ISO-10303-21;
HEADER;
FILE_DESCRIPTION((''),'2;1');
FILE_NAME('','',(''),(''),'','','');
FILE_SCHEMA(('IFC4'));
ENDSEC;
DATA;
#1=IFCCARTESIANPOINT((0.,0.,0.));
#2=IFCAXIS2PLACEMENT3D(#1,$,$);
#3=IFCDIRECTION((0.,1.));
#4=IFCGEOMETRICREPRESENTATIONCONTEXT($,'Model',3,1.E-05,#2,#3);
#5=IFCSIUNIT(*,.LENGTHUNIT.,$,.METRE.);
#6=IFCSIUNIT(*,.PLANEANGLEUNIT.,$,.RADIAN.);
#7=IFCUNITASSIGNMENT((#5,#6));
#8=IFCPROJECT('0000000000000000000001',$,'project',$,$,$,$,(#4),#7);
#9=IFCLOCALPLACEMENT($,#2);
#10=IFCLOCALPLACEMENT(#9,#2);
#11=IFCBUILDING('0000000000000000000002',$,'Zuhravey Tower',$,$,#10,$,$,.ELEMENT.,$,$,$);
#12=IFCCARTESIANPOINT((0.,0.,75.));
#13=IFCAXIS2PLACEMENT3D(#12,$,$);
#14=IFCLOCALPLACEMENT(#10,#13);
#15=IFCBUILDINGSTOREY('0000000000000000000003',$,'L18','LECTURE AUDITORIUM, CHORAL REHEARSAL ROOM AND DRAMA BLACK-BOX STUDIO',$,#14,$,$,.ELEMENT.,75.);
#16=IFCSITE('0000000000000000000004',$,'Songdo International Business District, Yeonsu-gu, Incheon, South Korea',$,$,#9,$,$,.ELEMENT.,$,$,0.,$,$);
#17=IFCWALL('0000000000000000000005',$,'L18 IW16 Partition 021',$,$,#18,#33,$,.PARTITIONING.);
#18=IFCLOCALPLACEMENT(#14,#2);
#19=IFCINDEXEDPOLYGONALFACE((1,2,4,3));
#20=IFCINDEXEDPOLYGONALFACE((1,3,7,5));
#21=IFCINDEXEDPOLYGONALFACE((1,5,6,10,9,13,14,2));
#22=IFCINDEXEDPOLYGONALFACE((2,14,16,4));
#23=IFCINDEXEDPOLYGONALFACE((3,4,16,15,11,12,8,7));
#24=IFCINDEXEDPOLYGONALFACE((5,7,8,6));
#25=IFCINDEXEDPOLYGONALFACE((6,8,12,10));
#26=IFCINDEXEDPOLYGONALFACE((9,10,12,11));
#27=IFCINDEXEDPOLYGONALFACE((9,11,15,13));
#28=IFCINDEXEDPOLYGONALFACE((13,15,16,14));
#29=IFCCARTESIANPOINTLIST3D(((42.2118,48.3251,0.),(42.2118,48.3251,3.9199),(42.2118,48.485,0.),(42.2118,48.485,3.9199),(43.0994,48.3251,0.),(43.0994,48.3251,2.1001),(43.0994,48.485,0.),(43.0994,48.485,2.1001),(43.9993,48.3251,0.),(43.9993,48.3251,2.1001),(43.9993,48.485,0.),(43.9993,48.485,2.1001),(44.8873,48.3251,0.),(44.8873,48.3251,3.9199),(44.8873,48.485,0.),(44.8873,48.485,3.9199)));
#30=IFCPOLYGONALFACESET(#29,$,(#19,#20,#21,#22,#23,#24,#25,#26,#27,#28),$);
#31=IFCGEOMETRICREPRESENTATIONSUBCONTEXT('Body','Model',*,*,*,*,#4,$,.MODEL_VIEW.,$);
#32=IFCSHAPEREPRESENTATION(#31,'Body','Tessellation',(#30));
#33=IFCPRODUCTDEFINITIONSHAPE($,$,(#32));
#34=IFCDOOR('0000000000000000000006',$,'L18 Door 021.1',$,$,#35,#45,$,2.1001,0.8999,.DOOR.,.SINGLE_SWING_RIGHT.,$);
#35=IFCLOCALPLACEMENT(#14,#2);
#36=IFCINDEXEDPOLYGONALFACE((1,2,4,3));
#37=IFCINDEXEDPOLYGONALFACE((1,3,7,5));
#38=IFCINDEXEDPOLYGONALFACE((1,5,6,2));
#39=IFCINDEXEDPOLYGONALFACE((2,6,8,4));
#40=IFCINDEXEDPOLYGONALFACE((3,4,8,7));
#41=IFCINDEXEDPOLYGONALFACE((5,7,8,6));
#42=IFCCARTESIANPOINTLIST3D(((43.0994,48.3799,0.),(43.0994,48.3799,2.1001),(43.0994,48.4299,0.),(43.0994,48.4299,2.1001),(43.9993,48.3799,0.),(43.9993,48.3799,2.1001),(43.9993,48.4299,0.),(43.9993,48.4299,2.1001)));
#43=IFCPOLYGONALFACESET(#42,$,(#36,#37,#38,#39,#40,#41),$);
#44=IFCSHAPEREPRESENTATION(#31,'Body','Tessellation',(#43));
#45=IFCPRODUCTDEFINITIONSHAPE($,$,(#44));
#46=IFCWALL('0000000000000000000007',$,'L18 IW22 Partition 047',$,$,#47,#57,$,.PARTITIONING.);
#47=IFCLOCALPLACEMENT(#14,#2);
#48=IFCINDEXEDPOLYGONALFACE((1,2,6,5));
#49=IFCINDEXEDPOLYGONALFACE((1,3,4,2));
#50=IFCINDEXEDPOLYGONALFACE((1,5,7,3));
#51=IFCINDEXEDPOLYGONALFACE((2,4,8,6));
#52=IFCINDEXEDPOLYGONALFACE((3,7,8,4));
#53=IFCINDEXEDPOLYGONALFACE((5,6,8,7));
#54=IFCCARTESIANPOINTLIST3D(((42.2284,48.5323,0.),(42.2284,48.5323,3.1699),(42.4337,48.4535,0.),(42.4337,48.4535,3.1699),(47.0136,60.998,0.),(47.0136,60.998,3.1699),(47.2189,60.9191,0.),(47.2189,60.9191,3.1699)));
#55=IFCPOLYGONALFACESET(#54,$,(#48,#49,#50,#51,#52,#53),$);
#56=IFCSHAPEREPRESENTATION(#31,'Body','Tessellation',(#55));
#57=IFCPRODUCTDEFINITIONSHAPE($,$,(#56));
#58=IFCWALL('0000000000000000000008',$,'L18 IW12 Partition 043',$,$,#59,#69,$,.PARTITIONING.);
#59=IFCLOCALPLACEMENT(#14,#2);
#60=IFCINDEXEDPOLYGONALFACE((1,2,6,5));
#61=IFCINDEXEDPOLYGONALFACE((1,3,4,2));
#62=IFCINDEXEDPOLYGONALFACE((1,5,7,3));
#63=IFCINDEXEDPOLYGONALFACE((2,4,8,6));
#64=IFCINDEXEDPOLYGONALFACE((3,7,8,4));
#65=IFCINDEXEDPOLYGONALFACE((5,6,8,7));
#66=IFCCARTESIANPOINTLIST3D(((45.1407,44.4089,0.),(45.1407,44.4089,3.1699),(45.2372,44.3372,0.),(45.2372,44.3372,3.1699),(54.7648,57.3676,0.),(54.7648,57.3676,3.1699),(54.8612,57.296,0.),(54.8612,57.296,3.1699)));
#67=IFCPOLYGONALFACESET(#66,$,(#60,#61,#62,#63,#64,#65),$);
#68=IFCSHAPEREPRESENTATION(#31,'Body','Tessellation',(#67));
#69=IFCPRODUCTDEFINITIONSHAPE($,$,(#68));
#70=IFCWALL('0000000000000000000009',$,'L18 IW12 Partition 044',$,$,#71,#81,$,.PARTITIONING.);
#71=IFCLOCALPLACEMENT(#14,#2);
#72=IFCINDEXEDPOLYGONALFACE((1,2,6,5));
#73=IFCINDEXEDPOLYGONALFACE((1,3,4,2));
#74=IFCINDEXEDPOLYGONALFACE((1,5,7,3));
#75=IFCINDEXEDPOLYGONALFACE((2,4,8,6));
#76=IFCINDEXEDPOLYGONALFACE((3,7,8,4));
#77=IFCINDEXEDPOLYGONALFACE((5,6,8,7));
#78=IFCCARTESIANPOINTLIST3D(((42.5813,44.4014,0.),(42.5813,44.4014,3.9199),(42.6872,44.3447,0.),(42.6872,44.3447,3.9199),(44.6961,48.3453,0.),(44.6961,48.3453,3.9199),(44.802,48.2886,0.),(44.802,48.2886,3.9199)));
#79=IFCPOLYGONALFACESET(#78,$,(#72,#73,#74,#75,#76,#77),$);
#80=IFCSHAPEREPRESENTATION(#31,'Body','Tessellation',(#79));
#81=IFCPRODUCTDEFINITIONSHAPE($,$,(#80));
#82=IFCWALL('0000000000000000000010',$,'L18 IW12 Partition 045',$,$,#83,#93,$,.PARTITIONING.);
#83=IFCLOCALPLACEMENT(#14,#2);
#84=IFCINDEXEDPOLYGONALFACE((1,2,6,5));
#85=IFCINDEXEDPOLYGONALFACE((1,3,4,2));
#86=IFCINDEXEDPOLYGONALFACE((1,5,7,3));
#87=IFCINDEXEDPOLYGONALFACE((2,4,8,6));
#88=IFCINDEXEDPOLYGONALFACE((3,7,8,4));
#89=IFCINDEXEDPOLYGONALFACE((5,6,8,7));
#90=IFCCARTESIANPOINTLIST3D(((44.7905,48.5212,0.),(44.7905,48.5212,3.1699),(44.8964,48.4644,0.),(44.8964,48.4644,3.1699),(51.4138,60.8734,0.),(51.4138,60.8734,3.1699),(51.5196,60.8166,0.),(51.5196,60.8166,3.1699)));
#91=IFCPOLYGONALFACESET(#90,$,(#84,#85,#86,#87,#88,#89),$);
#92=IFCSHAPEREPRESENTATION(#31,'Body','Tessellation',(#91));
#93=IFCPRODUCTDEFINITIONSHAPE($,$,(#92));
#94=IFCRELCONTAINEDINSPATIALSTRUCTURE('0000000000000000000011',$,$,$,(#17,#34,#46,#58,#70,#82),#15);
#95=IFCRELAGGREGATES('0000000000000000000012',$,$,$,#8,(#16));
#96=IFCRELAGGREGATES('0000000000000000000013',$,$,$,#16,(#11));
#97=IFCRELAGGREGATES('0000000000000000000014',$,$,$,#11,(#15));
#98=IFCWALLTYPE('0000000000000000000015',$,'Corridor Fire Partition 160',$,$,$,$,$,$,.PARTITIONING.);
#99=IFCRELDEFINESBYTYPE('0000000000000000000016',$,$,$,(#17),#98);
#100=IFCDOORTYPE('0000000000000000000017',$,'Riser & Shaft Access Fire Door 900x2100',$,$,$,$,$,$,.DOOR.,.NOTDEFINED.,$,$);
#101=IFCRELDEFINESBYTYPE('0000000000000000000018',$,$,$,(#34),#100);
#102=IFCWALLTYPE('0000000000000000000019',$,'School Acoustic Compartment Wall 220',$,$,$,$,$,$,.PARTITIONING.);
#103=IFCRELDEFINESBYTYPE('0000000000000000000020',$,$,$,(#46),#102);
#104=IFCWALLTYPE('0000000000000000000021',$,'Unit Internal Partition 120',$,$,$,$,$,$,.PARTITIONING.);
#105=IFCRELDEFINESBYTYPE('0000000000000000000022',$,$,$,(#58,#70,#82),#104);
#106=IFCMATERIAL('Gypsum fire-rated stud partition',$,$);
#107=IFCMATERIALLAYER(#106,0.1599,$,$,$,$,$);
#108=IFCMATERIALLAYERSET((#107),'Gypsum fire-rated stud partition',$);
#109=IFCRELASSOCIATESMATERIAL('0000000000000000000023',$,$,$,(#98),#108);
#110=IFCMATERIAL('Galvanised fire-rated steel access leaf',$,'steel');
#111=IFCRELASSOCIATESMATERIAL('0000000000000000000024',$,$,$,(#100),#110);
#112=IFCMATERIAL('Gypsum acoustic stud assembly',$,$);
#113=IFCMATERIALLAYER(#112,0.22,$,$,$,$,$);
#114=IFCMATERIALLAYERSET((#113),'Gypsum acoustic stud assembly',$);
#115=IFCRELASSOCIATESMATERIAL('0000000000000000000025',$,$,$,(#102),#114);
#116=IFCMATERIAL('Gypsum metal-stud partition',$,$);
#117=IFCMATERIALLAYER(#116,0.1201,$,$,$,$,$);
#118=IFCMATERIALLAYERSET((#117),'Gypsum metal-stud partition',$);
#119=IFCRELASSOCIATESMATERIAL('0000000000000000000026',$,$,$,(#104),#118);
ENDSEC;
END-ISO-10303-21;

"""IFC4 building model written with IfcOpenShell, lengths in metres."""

from ifc_helpers import new_model, si_unit, direction, frame, frame_2d, origin, place, context, subcontext, project, spatial, rectangle, extrude, material, layer, layer_set, type_object, element, fill, save


model = new_model("IFC4")

# Units and contexts
model_context = context("Model", 3, precision=1e-05, world=origin(), true_north=direction((0.0, 1.0)))
body_context = subcontext(model_context, "Body", "Model", "MODEL_VIEW")
ifc_project = project(units=[si_unit("LENGTHUNIT", "METRE"), si_unit("PLANEANGLEUNIT", "RADIAN")], contexts=[model_context])

# Site, building, storey
site_placement = place(None, origin())
site = spatial("IfcSite", under=ifc_project, at=site_placement, Name="Songdo International Business District, Yeonsu-gu, Incheon, South Korea", CompositionType="ELEMENT", RefElevation=0.0)
building_placement = place(site_placement, origin())
building = spatial("IfcBuilding", under=site, at=building_placement, Name="Zuhravey Tower", CompositionType="ELEMENT")
storey_placement = place(building_placement, frame((0.0, 0.0, 75.0)))
storey = spatial("IfcBuildingStorey", under=building, at=storey_placement, Name="L18", Description="LECTURE AUDITORIUM, CHORAL REHEARSAL ROOM AND DRAMA BLACK-BOX STUDIO", CompositionType="ELEMENT", Elevation=75.0)

# Wall, opening, door
ifc_material_1 = material(Name="Gypsum fire-rated stud partition")
ifc_layer_1 = layer(ifc_material_1, 0.1599)
ifc_layer_set_1 = layer_set([ifc_layer_1], Name="Gypsum fire-rated stud partition")
wall_type_1 = type_object("IfcWallType", Name="Corridor Fire Partition 160", PredefinedType="PARTITIONING", material=ifc_layer_set_1)
wall_1_placement = place(storey_placement, frame((42.2117, 48.405, 0.0), z_axis=(0.0, 0.0, 1.0), x_axis=(1.0, 0.0, 0.0)))
wall_1 = element("IfcWall", 1, at=wall_1_placement, inside=storey, type_object=wall_type_1, Name="L18 IW16 Partition 021", PredefinedType="PARTITIONING", context=body_context, shape_type="SweptSolid", body=[
    extrude(rectangle(XDim=2.6755, YDim=0.1599, at=frame_2d((1.3379, 0.0))), origin(), (0.0, 0.0, 1.0), 3.9199),
])
opening_placement = place(wall_1_placement, frame((0.8877, 0.0, 0.0)))
opening = element("IfcOpeningElement", 2, at=opening_placement, cuts=wall_1, PredefinedType="OPENING", context=body_context, shape_type="SweptSolid", body=[
    extrude(rectangle(XDim=0.8999, YDim=2.1001, at=frame_2d((0.45, 1.05))), frame((0.0, 0.092, 0.0), z_axis=(0.0, -1.0, 0.0), x_axis=(1.0, 0.0, 0.0)), (0.0, 0.0, 1.0), 0.1838),
])
ifc_material_2 = material(Name="Galvanised fire-rated steel access leaf", Category="steel")
door_type = type_object("IfcDoorType", Name="Riser & Shaft Access Fire Door 900x2100", OperationType="NOTDEFINED", PredefinedType="DOOR", material=ifc_material_2)
door_placement = place(opening_placement, origin())
door = element("IfcDoor", 3, at=door_placement, inside=storey, type_object=door_type, Name="L18 Door 021.1", OperationType="SINGLE_SWING_RIGHT", OverallHeight=2.1001, OverallWidth=0.8999, PredefinedType="DOOR", context=body_context, shape_type="SweptSolid", body=[
    extrude(rectangle(XDim=0.8999, YDim=2.1001, at=frame_2d((0.45, 1.05))), frame((0.0, 0.0249, 0.0), z_axis=(0.0, -1.0, 0.0), x_axis=(1.0, 0.0, 0.0)), (0.0, 0.0, 1.0), 0.05),
])
fill(opening, door)

# Walls
ifc_material_3 = material(Name="Gypsum acoustic stud assembly")
ifc_layer_2 = layer(ifc_material_3, 0.22)
ifc_layer_set_2 = layer_set([ifc_layer_2], Name="Gypsum acoustic stud assembly")
wall_type_2 = type_object("IfcWallType", Name="School Acoustic Compartment Wall 220", PredefinedType="PARTITIONING", material=ifc_layer_set_2)
wall_2_placement = place(storey_placement, frame((42.3311, 48.4929, 0.0), z_axis=(0.0, 0.0, 1.0), x_axis=(0.358373, 0.933579, 0.0)))
element("IfcWall", 4, at=wall_2_placement, inside=storey, type_object=wall_type_2, Name="L18 IW22 Partition 047", PredefinedType="PARTITIONING", context=body_context, shape_type="SweptSolid", body=[
    extrude(rectangle(XDim=13.3525, YDim=0.22, at=frame_2d((6.6763, 0.0))), origin(), (0.0, 0.0, 1.0), 3.1699),
])
ifc_material_4 = material(Name="Gypsum metal-stud partition")
ifc_layer_3 = layer(ifc_material_4, 0.1201)
ifc_layer_set_3 = layer_set([ifc_layer_3], Name="Gypsum metal-stud partition")
wall_type_3 = type_object("IfcWallType", Name="Unit Internal Partition 120", PredefinedType="PARTITIONING", material=ifc_layer_set_3)
wall_3_placement = place(storey_placement, frame((45.189, 44.373, 0.0), z_axis=(0.0, 0.0, 1.0), x_axis=(0.596225, 0.802817, 0.0)))
element("IfcWall", 5, at=wall_3_placement, inside=storey, type_object=wall_type_3, Name="L18 IW12 Partition 043", PredefinedType="PARTITIONING", context=body_context, shape_type="SweptSolid", body=[
    extrude(rectangle(XDim=16.1416, YDim=0.1201, at=frame_2d((8.0708, 0.0))), origin(), (0.0, 0.0, 1.0), 3.1699),
])
wall_4_placement = place(storey_placement, frame((42.6343, 44.373, 0.0), z_axis=(0.0, 0.0, 1.0), x_axis=(0.472564, 0.881297, 0.0)))
element("IfcWall", 6, at=wall_4_placement, inside=storey, type_object=wall_type_3, Name="L18 IW12 Partition 044", PredefinedType="PARTITIONING", context=body_context, shape_type="SweptSolid", body=[
    extrude(rectangle(XDim=4.4751, YDim=0.1201, at=frame_2d((2.2375, 0.0))), origin(), (0.0, 0.0, 1.0), 3.9199),
])
wall_5_placement = place(storey_placement, frame((44.8435, 48.4929, 0.0), z_axis=(0.0, 0.0, 1.0), x_axis=(0.472553, 0.881302, 0.0)))
element("IfcWall", 7, at=wall_5_placement, inside=storey, type_object=wall_type_3, Name="L18 IW12 Partition 045", PredefinedType="PARTITIONING", context=body_context, shape_type="SweptSolid", body=[
    extrude(rectangle(XDim=14.0159, YDim=0.1201, at=frame_2d((7.0078, 0.0))), origin(), (0.0, 0.0, 1.0), 3.1699),
])

save(model, "model.ifc")
